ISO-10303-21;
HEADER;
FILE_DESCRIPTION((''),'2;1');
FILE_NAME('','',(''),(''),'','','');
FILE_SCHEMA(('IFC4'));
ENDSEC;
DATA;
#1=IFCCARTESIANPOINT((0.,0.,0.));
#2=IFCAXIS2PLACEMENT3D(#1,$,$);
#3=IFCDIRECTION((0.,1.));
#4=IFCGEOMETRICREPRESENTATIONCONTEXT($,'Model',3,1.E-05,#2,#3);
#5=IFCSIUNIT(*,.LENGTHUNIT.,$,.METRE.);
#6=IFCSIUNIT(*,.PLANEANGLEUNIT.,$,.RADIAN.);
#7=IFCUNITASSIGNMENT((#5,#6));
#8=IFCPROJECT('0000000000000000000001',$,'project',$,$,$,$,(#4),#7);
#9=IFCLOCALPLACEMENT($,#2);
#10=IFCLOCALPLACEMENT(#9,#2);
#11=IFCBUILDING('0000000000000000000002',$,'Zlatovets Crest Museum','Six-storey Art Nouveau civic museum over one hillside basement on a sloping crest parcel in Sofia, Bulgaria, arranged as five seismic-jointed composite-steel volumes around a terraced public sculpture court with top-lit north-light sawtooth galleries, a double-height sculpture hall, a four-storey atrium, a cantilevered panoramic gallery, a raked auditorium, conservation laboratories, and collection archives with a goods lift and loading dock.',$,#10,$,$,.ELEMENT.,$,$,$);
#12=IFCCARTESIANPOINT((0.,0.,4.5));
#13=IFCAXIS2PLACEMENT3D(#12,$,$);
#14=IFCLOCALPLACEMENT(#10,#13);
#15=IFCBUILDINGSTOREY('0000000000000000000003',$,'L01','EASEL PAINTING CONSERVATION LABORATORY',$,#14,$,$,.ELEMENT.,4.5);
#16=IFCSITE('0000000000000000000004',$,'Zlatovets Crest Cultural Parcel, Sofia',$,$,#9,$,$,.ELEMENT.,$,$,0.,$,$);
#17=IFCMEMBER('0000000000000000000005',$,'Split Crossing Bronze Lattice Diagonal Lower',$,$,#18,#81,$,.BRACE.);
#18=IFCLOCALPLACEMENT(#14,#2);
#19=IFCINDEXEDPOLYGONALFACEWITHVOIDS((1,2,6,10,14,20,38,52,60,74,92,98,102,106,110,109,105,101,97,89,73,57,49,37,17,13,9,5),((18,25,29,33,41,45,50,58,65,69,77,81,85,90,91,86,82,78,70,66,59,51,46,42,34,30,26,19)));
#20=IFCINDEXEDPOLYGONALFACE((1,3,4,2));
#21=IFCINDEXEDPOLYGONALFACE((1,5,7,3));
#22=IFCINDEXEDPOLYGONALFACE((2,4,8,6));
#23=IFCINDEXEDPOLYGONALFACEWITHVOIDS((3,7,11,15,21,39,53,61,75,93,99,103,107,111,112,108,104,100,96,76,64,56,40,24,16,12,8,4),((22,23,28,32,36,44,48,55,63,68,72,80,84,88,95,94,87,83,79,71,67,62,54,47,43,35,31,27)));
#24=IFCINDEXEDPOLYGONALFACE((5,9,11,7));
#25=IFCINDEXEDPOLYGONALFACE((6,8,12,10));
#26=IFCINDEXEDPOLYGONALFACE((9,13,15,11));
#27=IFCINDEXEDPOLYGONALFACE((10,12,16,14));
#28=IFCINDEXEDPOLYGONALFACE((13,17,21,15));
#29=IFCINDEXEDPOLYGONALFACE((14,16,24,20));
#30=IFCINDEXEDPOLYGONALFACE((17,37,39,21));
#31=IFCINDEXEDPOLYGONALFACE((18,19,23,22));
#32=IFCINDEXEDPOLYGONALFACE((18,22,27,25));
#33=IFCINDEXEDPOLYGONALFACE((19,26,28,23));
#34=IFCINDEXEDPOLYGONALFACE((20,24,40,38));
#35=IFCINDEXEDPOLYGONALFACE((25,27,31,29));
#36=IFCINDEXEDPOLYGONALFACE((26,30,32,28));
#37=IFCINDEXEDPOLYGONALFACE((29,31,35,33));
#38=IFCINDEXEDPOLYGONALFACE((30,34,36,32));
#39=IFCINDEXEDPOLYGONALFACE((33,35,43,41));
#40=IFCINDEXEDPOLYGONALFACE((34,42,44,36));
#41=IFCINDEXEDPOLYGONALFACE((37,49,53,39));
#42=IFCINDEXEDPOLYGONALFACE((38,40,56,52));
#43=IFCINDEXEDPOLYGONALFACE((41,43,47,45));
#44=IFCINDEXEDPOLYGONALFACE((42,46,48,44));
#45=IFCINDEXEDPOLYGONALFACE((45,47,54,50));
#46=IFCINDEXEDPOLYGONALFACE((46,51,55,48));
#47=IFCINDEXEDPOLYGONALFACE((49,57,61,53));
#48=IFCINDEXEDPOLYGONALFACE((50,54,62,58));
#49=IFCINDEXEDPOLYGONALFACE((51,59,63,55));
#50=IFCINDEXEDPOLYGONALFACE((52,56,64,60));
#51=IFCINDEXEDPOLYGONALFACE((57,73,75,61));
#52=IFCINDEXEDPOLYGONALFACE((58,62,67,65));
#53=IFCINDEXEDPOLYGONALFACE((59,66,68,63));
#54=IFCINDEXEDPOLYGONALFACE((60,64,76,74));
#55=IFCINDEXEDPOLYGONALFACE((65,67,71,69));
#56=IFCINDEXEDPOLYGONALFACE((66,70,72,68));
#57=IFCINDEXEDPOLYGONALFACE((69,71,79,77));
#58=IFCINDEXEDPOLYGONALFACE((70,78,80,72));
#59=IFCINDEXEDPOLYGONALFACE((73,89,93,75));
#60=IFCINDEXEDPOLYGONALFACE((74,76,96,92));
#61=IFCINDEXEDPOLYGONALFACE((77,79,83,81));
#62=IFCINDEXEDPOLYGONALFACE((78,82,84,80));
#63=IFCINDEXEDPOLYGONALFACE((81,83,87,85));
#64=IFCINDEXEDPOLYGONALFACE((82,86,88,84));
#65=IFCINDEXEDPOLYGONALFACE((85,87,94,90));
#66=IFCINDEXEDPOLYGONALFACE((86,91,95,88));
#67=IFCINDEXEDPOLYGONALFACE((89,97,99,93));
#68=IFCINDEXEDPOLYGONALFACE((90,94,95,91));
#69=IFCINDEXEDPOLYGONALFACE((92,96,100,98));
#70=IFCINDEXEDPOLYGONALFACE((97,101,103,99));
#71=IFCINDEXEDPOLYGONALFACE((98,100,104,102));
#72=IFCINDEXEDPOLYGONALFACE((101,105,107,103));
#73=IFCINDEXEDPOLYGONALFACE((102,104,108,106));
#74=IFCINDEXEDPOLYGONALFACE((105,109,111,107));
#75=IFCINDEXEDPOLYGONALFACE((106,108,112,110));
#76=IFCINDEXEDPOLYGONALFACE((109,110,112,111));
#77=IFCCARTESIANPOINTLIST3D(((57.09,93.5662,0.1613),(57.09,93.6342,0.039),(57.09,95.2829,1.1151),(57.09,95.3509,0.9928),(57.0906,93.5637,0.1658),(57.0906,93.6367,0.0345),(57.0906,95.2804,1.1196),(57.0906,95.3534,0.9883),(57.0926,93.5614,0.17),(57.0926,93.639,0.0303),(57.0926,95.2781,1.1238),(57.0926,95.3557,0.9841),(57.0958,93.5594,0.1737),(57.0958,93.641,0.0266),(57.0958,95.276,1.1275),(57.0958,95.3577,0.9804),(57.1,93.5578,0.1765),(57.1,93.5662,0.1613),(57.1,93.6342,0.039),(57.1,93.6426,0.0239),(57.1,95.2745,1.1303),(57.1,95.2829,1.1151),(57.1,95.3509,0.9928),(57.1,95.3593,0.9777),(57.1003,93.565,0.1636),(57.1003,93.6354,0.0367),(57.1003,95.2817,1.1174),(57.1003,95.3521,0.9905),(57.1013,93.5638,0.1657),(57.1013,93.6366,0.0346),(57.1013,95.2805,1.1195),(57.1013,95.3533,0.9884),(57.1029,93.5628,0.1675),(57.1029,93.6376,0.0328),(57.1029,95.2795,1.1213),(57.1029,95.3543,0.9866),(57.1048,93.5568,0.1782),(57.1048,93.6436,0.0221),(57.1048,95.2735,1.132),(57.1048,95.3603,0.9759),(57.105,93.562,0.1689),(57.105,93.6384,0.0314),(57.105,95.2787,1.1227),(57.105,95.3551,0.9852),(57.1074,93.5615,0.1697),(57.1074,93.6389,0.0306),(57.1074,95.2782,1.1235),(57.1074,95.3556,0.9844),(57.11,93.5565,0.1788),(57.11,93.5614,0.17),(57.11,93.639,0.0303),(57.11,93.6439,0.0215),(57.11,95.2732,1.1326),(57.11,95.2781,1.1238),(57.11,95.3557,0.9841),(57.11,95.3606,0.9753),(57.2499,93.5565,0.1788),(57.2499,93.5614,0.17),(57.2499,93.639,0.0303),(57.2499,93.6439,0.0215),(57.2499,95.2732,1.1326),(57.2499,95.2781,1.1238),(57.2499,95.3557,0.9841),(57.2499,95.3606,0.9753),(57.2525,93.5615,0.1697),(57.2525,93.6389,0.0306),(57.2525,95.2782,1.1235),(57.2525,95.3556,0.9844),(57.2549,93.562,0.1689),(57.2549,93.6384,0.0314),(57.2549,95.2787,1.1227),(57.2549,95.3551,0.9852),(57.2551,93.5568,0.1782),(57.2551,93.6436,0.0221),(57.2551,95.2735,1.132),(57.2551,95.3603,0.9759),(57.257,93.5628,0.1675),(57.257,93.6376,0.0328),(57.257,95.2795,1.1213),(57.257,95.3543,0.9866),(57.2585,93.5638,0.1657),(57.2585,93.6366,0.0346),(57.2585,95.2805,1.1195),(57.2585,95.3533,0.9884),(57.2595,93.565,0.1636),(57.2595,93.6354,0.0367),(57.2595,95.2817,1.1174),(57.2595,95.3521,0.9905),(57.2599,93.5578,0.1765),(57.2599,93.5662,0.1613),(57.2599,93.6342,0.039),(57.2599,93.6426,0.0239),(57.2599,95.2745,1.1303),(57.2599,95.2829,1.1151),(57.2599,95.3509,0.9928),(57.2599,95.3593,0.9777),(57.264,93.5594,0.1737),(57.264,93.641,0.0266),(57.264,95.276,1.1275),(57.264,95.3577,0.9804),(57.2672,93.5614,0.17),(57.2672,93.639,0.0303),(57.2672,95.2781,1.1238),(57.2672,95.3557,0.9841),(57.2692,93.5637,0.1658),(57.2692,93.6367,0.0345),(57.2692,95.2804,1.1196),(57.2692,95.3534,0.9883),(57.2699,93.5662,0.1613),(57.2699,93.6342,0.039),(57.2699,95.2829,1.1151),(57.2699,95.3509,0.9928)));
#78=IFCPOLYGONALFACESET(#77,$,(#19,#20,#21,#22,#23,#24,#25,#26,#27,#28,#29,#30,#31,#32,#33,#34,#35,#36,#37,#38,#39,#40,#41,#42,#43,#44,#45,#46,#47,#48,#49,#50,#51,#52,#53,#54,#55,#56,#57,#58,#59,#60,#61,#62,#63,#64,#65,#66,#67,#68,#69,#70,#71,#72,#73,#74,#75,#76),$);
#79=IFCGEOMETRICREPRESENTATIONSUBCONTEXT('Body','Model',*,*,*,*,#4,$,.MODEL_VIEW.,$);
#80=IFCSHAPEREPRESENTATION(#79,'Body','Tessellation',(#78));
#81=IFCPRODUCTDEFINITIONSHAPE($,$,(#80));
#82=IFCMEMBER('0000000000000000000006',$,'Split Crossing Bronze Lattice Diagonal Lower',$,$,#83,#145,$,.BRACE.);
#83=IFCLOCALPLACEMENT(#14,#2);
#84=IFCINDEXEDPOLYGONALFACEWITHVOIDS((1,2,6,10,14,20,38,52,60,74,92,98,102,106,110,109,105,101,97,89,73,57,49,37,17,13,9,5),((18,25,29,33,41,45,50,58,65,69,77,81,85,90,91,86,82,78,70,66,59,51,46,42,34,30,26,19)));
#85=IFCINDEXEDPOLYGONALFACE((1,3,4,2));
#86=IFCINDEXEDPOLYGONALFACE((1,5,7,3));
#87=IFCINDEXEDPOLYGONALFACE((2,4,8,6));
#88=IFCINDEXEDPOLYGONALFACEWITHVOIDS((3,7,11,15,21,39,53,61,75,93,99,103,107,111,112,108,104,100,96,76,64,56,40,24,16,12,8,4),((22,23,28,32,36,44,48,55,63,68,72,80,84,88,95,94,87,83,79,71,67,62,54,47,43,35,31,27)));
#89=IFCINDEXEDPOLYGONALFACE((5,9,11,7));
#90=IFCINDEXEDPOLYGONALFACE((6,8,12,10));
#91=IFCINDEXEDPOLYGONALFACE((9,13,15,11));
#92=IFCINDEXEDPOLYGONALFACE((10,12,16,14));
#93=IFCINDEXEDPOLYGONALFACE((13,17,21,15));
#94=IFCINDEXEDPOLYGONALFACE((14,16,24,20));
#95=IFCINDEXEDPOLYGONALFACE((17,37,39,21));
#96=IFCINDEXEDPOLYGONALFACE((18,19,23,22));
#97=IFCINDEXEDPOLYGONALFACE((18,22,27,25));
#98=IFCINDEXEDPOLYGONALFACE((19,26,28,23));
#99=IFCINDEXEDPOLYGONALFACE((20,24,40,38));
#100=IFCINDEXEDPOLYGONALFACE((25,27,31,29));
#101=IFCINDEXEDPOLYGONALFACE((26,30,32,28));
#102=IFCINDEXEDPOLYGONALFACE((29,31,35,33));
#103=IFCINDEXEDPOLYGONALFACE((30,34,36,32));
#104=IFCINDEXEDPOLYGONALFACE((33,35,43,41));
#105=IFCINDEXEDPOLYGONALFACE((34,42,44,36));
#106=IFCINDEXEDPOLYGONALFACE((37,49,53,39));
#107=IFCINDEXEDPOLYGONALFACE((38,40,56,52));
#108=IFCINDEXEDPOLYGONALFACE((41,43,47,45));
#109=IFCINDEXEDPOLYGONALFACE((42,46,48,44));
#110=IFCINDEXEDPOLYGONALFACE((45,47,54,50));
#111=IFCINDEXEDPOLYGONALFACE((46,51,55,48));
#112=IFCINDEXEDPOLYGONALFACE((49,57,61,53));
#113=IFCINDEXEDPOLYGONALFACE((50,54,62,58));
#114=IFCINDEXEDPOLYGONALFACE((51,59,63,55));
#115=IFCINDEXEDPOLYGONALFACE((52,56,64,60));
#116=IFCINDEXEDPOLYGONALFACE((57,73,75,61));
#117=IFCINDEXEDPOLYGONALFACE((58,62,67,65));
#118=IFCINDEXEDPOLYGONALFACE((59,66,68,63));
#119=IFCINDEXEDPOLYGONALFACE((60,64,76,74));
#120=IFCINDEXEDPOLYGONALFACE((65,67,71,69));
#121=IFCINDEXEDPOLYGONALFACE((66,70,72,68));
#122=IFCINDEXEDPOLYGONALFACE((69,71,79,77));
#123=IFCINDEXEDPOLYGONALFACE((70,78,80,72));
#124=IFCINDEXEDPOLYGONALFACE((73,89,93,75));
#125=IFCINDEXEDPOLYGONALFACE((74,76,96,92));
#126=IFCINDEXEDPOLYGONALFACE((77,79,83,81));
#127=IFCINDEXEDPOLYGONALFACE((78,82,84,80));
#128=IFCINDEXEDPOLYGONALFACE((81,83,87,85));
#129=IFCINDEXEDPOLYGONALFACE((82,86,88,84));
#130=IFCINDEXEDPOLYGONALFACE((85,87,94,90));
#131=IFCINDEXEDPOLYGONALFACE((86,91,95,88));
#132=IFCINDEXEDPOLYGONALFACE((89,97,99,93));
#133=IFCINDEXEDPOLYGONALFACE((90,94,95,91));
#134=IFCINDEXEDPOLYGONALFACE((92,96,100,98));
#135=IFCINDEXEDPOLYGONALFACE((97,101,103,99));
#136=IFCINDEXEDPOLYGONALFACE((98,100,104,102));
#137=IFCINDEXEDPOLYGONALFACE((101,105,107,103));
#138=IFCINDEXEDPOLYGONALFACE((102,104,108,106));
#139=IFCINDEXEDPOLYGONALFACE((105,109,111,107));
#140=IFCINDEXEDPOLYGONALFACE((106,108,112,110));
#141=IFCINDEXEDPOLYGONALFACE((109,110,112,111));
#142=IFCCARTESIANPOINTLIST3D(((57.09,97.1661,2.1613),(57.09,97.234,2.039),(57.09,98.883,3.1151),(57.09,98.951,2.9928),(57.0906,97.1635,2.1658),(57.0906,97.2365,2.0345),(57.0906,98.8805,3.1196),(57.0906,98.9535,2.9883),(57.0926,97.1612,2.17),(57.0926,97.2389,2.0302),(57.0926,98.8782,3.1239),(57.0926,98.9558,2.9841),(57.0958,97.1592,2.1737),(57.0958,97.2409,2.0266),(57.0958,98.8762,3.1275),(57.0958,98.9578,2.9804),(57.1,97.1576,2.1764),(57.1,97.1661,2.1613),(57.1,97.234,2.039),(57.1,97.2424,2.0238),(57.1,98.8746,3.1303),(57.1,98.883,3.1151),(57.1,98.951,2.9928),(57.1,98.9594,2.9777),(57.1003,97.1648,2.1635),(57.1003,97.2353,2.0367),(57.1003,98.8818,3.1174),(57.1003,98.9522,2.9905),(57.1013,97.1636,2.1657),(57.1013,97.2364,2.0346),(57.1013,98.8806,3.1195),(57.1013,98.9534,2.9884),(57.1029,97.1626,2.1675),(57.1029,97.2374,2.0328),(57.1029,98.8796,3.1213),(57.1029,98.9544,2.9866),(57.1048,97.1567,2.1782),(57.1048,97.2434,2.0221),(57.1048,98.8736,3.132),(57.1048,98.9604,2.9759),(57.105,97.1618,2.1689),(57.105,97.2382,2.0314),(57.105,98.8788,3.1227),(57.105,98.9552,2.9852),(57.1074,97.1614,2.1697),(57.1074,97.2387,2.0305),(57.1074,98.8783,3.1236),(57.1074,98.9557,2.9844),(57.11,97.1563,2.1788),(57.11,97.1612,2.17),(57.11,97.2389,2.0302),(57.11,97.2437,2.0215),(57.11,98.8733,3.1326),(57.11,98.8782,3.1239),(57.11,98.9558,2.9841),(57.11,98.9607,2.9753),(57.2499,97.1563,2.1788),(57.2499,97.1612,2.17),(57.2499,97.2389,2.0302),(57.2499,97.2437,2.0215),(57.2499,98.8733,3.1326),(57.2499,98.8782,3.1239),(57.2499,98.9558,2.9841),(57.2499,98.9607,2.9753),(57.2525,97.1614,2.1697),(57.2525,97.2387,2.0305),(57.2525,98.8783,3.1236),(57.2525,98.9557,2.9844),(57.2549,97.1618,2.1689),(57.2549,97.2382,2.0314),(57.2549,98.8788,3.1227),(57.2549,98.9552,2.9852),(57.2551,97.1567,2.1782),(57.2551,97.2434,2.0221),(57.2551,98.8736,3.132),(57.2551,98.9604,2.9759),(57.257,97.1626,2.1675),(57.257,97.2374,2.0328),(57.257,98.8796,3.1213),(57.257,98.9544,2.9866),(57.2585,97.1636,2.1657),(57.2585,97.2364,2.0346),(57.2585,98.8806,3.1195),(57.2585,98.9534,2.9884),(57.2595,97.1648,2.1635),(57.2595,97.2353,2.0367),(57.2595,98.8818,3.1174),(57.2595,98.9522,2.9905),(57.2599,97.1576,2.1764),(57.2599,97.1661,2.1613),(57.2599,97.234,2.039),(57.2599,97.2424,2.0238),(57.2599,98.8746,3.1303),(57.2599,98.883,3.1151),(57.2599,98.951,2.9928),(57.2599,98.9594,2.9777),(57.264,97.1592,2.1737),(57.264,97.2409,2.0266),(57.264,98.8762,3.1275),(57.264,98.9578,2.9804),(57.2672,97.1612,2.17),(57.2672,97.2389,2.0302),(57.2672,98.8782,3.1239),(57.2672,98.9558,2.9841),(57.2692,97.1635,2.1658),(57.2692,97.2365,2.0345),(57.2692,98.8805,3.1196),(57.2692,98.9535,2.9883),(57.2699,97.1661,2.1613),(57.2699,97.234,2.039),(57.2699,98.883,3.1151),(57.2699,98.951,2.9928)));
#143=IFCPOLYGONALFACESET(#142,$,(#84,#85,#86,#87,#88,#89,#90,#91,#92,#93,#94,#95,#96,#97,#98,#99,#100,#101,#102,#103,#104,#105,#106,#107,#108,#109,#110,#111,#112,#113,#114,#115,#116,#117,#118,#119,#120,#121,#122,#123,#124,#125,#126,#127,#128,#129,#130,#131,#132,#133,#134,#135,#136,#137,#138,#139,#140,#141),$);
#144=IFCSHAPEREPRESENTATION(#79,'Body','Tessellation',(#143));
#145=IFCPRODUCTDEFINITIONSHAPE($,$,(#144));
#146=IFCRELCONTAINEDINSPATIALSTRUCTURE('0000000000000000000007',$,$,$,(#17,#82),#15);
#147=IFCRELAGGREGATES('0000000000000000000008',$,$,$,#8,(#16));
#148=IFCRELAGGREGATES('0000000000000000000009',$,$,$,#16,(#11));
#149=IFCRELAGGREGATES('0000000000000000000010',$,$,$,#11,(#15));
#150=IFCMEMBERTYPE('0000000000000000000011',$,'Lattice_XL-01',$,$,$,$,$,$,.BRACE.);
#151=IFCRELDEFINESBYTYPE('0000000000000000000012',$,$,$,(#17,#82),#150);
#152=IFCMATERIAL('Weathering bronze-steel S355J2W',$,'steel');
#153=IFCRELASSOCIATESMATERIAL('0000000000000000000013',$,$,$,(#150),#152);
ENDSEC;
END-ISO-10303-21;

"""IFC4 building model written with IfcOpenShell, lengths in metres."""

from ifc_helpers import new_model, si_unit, direction, frame, origin, origin_2d, place, context, subcontext, project, spatial, hollow_rectangle, extrude, material, material_profile, profile_set, type_object, element, save


model = new_model("IFC4")

# Units and contexts
model_context = context("Model", 3, precision=1e-05, world=origin(), true_north=direction((0.0, 1.0)))
body_context = subcontext(model_context, "Body", "Model", "MODEL_VIEW")
ifc_project = project(units=[si_unit("LENGTHUNIT", "METRE"), si_unit("PLANEANGLEUNIT", "RADIAN")], contexts=[model_context])

# Site, building, storey
site_placement = place(None, origin())
site = spatial("IfcSite", under=ifc_project, at=site_placement, Name="Zlatovets Crest Cultural Parcel, Sofia", CompositionType="ELEMENT", RefElevation=0.0)
building_placement = place(site_placement, origin())
building = spatial("IfcBuilding", under=site, at=building_placement, Name="Zlatovets Crest Museum", Description="Six-storey Art Nouveau civic museum over one hillside basement on a sloping crest parcel in Sofia, Bulgaria, arranged as five seismic-jointed composite-steel volumes around a terraced public sculpture court with top-lit north-light sawtooth galleries, a double-height sculpture hall, a four-storey atrium, a cantilevered panoramic gallery, a raked auditorium, conservation laboratories, and collection archives with a goods lift and loading dock.", CompositionType="ELEMENT")
storey_placement = place(building_placement, frame((0.0, 0.0, 4.5)))
storey = spatial("IfcBuildingStorey", under=building, at=storey_placement, Name="L01", Description="EASEL PAINTING CONSERVATION LABORATORY", CompositionType="ELEMENT", Elevation=4.5)

# Members
ifc_material_1 = material(Name="Weathering bronze-steel S355J2W", Category="steel")
ifc_material_profile_1 = material_profile(ifc_material_1, hollow_rectangle(XDim=0.1799, YDim=0.1799, WallThickness=0.01, InnerFilletRadius=0.01, OuterFilletRadius=0.02, at=origin_2d()), Name="SHS 180x180x10.0")
ifc_profile_set_1 = profile_set([ifc_material_profile_1], Name="Weathering bronze-steel S355J2W")
member_type_1 = type_object("IfcMemberType", Name="Lattice_XL-01", PredefinedType="BRACE", material=ifc_profile_set_1)
member_1_placement = place(storey_placement, frame((57.1799, 95.3169, 1.054), z_axis=(0.0, -0.87414, -0.485675), x_axis=(1.0, 0.0, 0.0)))
element("IfcMember", 1, at=member_1_placement, inside=storey, type_object=member_type_1, Name="Split Crossing Bronze Lattice Diagonal Lower", PredefinedType="BRACE", context=body_context, shape_type="SweptSolid", body=[
    extrude(hollow_rectangle(XDim=0.1799, YDim=0.1799, WallThickness=0.01, InnerFilletRadius=0.01, OuterFilletRadius=0.02, at=origin_2d()), origin(), (0.0, 0.0, 1.0), 1.9639),
])
member_2_placement = place(storey_placement, frame((57.1799, 98.917, 3.054), z_axis=(0.0, -0.874169, -0.485622), x_axis=(1.0, 0.0, 0.0)))
element("IfcMember", 2, at=member_2_placement, inside=storey, type_object=member_type_1, Name="Split Crossing Bronze Lattice Diagonal Lower", PredefinedType="BRACE", context=body_context, shape_type="SweptSolid", body=[
    extrude(hollow_rectangle(XDim=0.1799, YDim=0.1799, WallThickness=0.01, InnerFilletRadius=0.01, OuterFilletRadius=0.02, at=origin_2d()), origin(), (0.0, 0.0, 1.0), 1.9641),
])

save(model, "model.ifc")
